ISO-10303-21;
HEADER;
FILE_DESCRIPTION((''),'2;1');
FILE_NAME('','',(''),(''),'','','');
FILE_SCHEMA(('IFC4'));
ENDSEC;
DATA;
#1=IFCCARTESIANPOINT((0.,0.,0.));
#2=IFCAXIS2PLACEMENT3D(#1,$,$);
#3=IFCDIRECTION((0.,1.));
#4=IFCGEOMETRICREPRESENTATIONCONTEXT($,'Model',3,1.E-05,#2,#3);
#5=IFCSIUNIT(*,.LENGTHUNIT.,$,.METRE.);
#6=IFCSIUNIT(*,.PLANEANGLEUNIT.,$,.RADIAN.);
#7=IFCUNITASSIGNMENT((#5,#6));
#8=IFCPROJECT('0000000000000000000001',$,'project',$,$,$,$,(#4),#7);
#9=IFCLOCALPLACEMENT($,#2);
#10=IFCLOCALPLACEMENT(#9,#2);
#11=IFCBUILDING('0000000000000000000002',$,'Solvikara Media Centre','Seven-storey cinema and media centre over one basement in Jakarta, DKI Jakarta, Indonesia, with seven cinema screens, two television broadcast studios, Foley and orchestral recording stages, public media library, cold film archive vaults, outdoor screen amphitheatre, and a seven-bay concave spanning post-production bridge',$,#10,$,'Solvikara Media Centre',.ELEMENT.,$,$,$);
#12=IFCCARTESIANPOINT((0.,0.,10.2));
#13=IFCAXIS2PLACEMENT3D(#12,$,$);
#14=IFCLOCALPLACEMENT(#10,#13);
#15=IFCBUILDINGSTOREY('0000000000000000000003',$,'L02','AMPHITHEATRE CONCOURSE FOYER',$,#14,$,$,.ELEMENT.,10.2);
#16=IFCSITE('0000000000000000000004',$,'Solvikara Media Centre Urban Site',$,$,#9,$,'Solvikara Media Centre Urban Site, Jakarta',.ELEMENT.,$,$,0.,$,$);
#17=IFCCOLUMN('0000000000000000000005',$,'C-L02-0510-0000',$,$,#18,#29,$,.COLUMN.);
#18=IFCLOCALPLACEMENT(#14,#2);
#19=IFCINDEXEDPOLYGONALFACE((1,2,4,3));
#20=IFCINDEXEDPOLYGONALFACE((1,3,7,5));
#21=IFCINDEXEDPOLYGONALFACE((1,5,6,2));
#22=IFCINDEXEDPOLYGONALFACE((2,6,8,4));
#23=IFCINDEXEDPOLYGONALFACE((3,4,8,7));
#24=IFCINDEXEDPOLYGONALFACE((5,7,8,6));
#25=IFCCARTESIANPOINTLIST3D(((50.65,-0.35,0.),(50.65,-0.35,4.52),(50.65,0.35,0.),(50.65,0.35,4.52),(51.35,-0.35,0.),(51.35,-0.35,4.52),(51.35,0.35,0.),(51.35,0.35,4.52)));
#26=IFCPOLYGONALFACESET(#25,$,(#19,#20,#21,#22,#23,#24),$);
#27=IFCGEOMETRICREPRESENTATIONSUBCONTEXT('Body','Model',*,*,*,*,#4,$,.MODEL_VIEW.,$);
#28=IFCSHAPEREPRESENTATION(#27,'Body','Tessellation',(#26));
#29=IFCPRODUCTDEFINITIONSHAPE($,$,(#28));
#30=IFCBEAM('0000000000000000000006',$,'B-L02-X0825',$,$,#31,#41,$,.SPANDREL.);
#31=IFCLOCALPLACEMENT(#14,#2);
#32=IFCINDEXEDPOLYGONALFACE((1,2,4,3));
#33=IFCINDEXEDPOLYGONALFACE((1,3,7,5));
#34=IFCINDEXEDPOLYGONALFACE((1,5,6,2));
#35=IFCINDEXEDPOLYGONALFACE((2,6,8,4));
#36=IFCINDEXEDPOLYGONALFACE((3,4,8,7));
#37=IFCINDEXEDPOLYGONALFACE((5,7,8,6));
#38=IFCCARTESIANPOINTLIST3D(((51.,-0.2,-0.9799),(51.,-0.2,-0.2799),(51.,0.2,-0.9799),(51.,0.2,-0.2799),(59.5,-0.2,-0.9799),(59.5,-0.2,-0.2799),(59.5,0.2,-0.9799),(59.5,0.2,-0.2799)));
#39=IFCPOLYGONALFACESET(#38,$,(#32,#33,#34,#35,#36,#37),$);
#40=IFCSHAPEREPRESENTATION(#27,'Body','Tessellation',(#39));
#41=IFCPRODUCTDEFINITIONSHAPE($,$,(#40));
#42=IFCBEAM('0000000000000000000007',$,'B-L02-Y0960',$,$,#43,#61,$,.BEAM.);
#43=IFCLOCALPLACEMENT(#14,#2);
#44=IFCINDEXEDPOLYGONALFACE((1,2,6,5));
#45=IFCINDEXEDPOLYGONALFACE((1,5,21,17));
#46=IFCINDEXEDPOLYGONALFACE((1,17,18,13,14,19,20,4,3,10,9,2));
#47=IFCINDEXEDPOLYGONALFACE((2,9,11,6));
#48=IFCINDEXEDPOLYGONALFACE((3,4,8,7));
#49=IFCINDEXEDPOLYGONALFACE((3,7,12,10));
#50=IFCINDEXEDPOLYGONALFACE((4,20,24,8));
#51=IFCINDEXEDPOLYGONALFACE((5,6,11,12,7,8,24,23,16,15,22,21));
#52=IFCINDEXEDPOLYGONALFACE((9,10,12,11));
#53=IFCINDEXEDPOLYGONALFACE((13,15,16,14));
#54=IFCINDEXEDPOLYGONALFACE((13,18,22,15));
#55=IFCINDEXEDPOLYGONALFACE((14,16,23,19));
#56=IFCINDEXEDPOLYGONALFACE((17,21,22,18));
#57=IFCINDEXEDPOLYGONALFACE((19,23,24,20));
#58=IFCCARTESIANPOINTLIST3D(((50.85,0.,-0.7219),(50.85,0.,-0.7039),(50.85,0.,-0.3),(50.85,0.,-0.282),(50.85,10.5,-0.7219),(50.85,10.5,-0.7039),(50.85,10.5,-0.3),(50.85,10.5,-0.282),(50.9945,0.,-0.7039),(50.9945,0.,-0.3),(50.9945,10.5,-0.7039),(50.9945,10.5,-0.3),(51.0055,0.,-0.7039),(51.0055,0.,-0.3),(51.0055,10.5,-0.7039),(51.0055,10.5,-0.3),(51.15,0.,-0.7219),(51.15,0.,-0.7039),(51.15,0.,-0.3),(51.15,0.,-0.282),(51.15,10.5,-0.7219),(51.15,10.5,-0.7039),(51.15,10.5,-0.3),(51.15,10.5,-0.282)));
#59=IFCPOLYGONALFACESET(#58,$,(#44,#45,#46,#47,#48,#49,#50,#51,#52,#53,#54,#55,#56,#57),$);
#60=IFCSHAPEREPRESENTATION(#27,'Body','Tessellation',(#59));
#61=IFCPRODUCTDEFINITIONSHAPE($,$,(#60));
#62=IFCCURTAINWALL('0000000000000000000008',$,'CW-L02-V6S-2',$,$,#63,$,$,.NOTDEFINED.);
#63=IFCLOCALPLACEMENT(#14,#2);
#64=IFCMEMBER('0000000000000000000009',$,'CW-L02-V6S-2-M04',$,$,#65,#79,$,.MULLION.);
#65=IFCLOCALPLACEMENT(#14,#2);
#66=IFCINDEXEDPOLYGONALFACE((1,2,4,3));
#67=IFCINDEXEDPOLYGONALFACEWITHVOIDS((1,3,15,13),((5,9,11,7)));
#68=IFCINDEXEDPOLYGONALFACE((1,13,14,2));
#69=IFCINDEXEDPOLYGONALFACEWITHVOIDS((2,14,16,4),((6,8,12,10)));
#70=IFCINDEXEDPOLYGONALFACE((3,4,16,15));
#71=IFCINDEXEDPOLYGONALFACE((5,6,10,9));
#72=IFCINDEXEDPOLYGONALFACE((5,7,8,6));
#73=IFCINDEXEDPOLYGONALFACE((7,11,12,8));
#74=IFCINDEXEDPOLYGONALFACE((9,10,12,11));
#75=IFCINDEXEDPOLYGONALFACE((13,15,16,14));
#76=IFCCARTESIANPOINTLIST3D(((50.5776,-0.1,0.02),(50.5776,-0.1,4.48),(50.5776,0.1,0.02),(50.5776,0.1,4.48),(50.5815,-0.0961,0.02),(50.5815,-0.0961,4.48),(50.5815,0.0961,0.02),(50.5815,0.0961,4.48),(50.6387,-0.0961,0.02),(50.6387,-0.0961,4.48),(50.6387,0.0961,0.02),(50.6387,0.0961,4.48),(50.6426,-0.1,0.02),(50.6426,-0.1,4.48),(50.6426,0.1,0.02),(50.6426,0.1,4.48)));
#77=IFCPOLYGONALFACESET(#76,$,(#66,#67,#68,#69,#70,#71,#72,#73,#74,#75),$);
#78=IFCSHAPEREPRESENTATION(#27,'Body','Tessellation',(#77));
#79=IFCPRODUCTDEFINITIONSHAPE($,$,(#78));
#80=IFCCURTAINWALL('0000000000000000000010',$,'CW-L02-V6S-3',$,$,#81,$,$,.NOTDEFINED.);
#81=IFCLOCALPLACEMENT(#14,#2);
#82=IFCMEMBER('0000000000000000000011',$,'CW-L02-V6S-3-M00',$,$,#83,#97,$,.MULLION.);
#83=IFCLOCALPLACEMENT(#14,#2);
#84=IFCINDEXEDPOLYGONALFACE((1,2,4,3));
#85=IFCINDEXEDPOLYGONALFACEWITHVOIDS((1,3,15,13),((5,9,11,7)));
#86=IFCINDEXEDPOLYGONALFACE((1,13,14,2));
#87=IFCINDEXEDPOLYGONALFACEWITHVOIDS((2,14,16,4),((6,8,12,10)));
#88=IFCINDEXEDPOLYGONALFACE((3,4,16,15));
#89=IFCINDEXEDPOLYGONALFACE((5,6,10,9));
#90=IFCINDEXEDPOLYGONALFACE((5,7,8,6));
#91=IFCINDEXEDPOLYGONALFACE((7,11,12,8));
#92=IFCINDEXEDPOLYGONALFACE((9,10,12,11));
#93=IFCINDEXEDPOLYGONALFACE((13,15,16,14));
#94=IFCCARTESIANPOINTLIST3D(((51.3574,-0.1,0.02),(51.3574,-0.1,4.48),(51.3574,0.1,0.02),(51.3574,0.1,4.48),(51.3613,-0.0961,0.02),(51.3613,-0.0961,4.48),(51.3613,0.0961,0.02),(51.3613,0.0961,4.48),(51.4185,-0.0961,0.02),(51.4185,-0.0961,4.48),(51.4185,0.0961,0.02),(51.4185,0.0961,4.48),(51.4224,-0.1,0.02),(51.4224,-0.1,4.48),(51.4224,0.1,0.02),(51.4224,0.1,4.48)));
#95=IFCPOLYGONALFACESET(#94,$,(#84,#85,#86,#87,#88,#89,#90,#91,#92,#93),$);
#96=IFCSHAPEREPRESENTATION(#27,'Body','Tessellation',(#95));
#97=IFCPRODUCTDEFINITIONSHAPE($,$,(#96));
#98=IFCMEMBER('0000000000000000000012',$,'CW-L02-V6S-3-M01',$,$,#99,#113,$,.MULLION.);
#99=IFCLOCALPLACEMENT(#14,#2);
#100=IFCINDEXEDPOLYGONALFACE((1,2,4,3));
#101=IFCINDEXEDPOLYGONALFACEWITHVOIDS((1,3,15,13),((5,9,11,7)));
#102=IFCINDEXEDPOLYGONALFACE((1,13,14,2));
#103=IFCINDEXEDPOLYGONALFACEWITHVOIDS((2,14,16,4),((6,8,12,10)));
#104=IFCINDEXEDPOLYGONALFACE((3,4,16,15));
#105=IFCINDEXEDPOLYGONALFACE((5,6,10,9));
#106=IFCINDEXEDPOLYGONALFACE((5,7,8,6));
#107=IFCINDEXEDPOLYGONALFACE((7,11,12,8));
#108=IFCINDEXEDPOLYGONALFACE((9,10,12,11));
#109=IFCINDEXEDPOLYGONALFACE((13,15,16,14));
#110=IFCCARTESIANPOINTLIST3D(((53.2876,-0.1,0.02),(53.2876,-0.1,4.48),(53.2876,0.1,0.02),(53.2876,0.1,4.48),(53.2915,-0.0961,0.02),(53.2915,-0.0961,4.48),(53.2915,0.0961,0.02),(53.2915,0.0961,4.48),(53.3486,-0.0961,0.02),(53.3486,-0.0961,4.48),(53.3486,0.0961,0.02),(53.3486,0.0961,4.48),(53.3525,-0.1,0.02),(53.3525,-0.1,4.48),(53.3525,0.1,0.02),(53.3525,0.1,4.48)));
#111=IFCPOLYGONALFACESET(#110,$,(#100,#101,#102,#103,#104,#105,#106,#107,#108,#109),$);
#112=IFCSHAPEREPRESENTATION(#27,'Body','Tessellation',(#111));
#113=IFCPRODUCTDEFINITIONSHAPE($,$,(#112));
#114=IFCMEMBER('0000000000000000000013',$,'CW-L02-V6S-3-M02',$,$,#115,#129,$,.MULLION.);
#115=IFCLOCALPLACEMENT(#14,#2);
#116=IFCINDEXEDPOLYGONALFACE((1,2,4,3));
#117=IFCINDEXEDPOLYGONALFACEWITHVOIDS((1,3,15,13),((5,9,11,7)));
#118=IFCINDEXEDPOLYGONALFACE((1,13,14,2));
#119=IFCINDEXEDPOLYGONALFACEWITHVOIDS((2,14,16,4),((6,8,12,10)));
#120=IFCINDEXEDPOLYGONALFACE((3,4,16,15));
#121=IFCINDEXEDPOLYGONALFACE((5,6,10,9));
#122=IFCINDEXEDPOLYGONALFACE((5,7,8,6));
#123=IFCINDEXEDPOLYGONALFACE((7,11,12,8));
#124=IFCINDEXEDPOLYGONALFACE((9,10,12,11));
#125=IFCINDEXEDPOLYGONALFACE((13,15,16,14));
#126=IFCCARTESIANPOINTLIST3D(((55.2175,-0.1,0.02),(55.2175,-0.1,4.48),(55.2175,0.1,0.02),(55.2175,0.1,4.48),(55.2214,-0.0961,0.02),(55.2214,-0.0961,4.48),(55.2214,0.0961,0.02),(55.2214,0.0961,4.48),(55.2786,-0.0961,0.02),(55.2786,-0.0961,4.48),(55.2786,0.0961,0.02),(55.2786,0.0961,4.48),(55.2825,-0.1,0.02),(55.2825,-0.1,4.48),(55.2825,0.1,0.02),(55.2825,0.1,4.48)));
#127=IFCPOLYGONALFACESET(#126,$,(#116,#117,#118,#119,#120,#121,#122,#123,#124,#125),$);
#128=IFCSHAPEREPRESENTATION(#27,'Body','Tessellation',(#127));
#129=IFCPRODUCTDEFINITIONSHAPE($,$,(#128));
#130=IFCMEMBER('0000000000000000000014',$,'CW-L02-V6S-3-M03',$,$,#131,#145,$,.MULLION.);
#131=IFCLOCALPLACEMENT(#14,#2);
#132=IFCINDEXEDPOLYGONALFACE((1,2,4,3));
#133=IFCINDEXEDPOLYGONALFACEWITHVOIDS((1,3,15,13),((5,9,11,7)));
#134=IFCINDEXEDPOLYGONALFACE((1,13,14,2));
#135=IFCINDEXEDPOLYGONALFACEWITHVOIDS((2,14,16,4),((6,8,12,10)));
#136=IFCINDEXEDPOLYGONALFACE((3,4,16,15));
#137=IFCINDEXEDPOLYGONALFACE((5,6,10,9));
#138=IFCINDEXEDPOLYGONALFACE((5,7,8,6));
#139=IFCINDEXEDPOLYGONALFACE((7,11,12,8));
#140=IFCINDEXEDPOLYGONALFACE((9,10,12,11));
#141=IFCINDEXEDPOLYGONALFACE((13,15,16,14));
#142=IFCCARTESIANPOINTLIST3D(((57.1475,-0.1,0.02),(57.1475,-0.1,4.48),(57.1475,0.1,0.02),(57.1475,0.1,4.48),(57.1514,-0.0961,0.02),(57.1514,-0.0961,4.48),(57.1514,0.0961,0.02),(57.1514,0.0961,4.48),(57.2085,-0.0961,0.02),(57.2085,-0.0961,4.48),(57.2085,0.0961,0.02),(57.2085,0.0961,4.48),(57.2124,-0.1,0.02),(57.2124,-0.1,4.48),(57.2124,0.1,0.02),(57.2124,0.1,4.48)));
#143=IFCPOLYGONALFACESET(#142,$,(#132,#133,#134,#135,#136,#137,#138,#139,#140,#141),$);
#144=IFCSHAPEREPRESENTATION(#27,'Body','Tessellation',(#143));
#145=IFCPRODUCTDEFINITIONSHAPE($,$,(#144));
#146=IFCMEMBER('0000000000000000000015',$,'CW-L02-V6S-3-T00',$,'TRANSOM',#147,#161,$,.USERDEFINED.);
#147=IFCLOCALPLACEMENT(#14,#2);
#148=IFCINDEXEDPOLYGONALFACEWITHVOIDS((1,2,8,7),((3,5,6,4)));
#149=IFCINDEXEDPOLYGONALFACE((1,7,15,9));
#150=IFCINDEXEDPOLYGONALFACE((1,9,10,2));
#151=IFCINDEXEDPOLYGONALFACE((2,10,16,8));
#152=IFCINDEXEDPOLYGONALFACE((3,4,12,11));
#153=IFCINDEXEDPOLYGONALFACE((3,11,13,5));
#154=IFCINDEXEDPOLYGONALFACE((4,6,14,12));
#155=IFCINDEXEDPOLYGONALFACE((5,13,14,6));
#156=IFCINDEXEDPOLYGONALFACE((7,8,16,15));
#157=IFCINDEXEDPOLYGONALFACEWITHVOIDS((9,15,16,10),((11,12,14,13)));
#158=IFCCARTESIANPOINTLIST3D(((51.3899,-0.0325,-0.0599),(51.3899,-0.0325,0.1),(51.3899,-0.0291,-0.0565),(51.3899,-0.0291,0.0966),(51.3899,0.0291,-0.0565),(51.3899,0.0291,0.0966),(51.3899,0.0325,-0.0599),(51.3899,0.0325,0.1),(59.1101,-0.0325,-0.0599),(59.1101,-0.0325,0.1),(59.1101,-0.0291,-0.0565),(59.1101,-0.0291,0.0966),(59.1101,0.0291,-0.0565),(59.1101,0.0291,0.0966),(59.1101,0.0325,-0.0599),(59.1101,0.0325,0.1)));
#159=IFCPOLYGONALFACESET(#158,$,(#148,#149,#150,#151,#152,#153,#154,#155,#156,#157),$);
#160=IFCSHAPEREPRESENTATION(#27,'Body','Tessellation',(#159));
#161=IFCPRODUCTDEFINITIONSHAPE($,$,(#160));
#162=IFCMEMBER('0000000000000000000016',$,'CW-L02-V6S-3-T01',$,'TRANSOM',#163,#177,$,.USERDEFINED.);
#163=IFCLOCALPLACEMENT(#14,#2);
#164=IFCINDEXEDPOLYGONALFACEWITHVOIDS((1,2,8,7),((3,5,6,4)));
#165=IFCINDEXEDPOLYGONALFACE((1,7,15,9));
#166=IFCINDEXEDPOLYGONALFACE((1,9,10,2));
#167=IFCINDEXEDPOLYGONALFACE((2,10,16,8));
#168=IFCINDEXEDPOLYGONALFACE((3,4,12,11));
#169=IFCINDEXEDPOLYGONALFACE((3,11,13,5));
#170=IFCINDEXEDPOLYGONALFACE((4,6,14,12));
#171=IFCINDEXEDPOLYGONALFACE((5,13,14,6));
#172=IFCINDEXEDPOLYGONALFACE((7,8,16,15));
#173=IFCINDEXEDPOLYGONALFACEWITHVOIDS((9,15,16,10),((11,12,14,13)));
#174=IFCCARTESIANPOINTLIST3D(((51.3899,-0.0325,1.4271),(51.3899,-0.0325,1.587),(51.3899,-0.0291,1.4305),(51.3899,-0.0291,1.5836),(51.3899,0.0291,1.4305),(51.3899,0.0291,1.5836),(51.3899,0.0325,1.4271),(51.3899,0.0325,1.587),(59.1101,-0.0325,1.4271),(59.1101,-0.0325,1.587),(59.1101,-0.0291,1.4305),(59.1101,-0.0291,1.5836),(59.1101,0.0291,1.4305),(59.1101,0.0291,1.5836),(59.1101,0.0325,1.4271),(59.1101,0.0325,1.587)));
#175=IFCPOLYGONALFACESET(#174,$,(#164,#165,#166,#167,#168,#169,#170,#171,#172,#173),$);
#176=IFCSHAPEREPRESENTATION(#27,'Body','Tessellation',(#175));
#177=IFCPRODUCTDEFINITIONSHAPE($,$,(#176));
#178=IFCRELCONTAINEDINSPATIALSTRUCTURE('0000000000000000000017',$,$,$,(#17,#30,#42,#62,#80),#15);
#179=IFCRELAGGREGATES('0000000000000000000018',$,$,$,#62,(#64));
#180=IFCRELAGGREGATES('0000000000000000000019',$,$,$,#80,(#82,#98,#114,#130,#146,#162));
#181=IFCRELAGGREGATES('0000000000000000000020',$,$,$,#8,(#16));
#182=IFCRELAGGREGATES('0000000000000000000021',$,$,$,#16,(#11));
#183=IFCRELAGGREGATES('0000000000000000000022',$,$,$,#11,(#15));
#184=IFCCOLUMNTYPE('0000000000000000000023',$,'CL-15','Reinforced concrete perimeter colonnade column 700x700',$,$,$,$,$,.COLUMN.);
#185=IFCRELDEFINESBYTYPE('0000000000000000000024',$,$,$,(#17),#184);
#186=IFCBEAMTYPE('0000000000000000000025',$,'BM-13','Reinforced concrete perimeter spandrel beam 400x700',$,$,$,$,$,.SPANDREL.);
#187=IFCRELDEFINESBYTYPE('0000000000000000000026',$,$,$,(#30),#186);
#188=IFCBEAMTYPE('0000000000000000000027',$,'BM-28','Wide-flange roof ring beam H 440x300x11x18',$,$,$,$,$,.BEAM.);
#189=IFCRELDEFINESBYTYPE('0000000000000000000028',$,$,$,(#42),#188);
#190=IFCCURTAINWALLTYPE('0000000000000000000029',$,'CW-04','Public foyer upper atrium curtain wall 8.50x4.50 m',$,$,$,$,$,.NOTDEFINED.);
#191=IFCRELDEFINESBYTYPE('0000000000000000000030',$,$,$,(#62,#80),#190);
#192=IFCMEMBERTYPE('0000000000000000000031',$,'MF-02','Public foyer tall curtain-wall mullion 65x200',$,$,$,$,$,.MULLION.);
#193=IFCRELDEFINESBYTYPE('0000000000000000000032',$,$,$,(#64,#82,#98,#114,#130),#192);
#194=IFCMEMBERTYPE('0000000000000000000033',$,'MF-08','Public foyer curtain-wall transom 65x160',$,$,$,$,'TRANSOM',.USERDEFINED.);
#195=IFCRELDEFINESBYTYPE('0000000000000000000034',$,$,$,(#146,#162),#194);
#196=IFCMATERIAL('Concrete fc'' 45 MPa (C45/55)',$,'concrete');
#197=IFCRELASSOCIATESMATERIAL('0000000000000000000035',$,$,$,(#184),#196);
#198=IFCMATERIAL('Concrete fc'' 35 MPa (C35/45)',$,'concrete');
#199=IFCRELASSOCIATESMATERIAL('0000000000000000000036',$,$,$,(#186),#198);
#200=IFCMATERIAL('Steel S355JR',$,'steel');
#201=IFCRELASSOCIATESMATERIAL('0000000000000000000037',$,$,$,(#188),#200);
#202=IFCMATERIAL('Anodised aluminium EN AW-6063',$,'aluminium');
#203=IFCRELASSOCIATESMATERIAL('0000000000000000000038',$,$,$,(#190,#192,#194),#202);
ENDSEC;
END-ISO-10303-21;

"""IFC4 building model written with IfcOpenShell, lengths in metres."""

from ifc_helpers import new_model, si_unit, direction, frame, origin, origin_2d, place, context, subcontext, project, spatial, rectangle, hollow_rectangle, i_section, extrude, material, material_profile, profile_set, type_object, element, aggregate, save


model = new_model("IFC4")

# Units and contexts
model_context = context("Model", 3, precision=1e-05, world=origin(), true_north=direction((0.0, 1.0)))
body_context = subcontext(model_context, "Body", "Model", "MODEL_VIEW")
ifc_project = project(units=[si_unit("LENGTHUNIT", "METRE"), si_unit("PLANEANGLEUNIT", "RADIAN")], contexts=[model_context])

# Site, building, storey
site_placement = place(None, origin())
site = spatial("IfcSite", under=ifc_project, at=site_placement, Name="Solvikara Media Centre Urban Site", LongName="Solvikara Media Centre Urban Site, Jakarta", CompositionType="ELEMENT", RefElevation=0.0)
building_placement = place(site_placement, origin())
building = spatial("IfcBuilding", under=site, at=building_placement, Name="Solvikara Media Centre", Description="Seven-storey cinema and media centre over one basement in Jakarta, DKI Jakarta, Indonesia, with seven cinema screens, two television broadcast studios, Foley and orchestral recording stages, public media library, cold film archive vaults, outdoor screen amphitheatre, and a seven-bay concave spanning post-production bridge", LongName="Solvikara Media Centre", CompositionType="ELEMENT")
storey_placement = place(building_placement, frame((0.0, 0.0, 10.2)))
storey = spatial("IfcBuildingStorey", under=building, at=storey_placement, Name="L02", Description="AMPHITHEATRE CONCOURSE FOYER", CompositionType="ELEMENT", Elevation=10.2)

# Column
ifc_material_1 = material(Name="Concrete fc' 45 MPa (C45/55)", Category="concrete")
ifc_material_profile_1 = material_profile(ifc_material_1, rectangle(XDim=0.7, YDim=0.7, at=origin_2d()), Name="RC 700x700")
ifc_profile_set_1 = profile_set([ifc_material_profile_1], Name="Concrete fc' 45 MPa (C45/55)")
column_type = type_object("IfcColumnType", Name="CL-15", Description="Reinforced concrete perimeter colonnade column 700x700", PredefinedType="COLUMN", material=ifc_profile_set_1)
column_placement = place(storey_placement, frame((51.0, 0.0, 0.0), z_axis=(0.0, 0.0, 1.0), x_axis=(1.0, 0.0, 0.0)))
element("IfcColumn", 1, at=column_placement, inside=storey, type_object=column_type, Name="C-L02-0510-0000", PredefinedType="COLUMN", context=body_context, shape_type="SweptSolid", body=[
    extrude(rectangle(XDim=0.7, YDim=0.7, at=origin_2d()), origin(), (0.0, 0.0, 1.0), 4.52),
])

# Beams
ifc_material_2 = material(Name="Concrete fc' 35 MPa (C35/45)", Category="concrete")
ifc_material_profile_2 = material_profile(ifc_material_2, rectangle(XDim=0.3999, YDim=0.7, at=origin_2d()), Name="RC 400x700")
ifc_profile_set_2 = profile_set([ifc_material_profile_2], Name="Concrete fc' 35 MPa (C35/45)")
beam_type_1 = type_object("IfcBeamType", Name="BM-13", Description="Reinforced concrete perimeter spandrel beam 400x700", PredefinedType="SPANDREL", material=ifc_profile_set_2)
beam_1_placement = place(storey_placement, frame((51.0, 0.0, -0.6299), z_axis=(1.0, 0.0, 0.0), x_axis=(0.0, 1.0, 0.0)))
element("IfcBeam", 2, at=beam_1_placement, inside=storey, type_object=beam_type_1, Name="B-L02-X0825", PredefinedType="SPANDREL", context=body_context, shape_type="SweptSolid", body=[
    extrude(rectangle(XDim=0.3999, YDim=0.7, at=origin_2d()), origin(), (0.0, 0.0, 1.0), 8.5),
])
ifc_material_3 = material(Name="Steel S355JR", Category="steel")
ifc_material_profile_3 = material_profile(ifc_material_3, i_section(OverallWidth=0.3, OverallDepth=0.4399, WebThickness=0.011, FlangeThickness=0.0181, at=origin_2d()), Name="H 440x300x11x18")
ifc_profile_set_3 = profile_set([ifc_material_profile_3], Name="Steel S355JR")
beam_type_2 = type_object("IfcBeamType", Name="BM-28", Description="Wide-flange roof ring beam H 440x300x11x18", PredefinedType="BEAM", material=ifc_profile_set_3)
beam_2_placement = place(storey_placement, frame((51.0, 0.0, -0.502), z_axis=(0.0, 1.0, 0.0), x_axis=(-1.0, 0.0, 0.0)))
element("IfcBeam", 3, at=beam_2_placement, inside=storey, type_object=beam_type_2, Name="B-L02-Y0960", PredefinedType="BEAM", context=body_context, shape_type="SweptSolid", body=[
    extrude(i_section(OverallWidth=0.3, OverallDepth=0.4399, WebThickness=0.011, FlangeThickness=0.0181, at=origin_2d()), origin(), (0.0, 0.0, 1.0), 10.5),
])

# Curtain wall, member
ifc_material_4 = material(Name="Anodised aluminium EN AW-6063", Category="aluminium")
curtain_wall_type = type_object("IfcCurtainWallType", Name="CW-04", Description="Public foyer upper atrium curtain wall 8.50x4.50 m", PredefinedType="NOTDEFINED", material=ifc_material_4)
curtain_wall_1_placement = place(storey_placement, origin())
curtain_wall_1 = element("IfcCurtainWall", 4, at=curtain_wall_1_placement, inside=storey, type_object=curtain_wall_type, Name="CW-L02-V6S-2", PredefinedType="NOTDEFINED")
ifc_material_profile_4 = material_profile(ifc_material_4, hollow_rectangle(XDim=0.0649, YDim=0.2, WallThickness=0.0039, at=origin_2d()), Name="ALU-M 65x200x4")
ifc_profile_set_4 = profile_set([ifc_material_profile_4], Name="Anodised aluminium EN AW-6063")
member_type_1 = type_object("IfcMemberType", Name="MF-02", Description="Public foyer tall curtain-wall mullion 65x200", PredefinedType="MULLION", material=ifc_profile_set_4)
member_1_placement = place(storey_placement, frame((50.6101, 0.0, 0.02), z_axis=(0.0, 0.0, 1.0), x_axis=(1.0, 0.0, 0.0)))
member_1 = element("IfcMember", 5, at=member_1_placement, type_object=member_type_1, Name="CW-L02-V6S-2-M04", PredefinedType="MULLION", context=body_context, shape_type="SweptSolid", body=[
    extrude(hollow_rectangle(XDim=0.0649, YDim=0.2, WallThickness=0.0039, at=origin_2d()), origin(), (0.0, 0.0, 1.0), 4.46),
])

# Curtain wall, members
curtain_wall_2_placement = place(storey_placement, origin())
curtain_wall_2 = element("IfcCurtainWall", 6, at=curtain_wall_2_placement, inside=storey, type_object=curtain_wall_type, Name="CW-L02-V6S-3", PredefinedType="NOTDEFINED")
member_2_placement = place(storey_placement, frame((51.3899, 0.0, 0.02), z_axis=(0.0, 0.0, 1.0), x_axis=(1.0, 0.0, 0.0)))
member_2 = element("IfcMember", 7, at=member_2_placement, type_object=member_type_1, Name="CW-L02-V6S-3-M00", PredefinedType="MULLION", context=body_context, shape_type="SweptSolid", body=[
    extrude(hollow_rectangle(XDim=0.0649, YDim=0.2, WallThickness=0.0039, at=origin_2d()), origin(), (0.0, 0.0, 1.0), 4.46),
])
member_3_placement = place(storey_placement, frame((53.3201, 0.0, 0.02), z_axis=(0.0, 0.0, 1.0), x_axis=(1.0, 0.0, 0.0)))
member_3 = element("IfcMember", 8, at=member_3_placement, type_object=member_type_1, Name="CW-L02-V6S-3-M01", PredefinedType="MULLION", context=body_context, shape_type="SweptSolid", body=[
    extrude(hollow_rectangle(XDim=0.0649, YDim=0.2, WallThickness=0.0039, at=origin_2d()), origin(), (0.0, 0.0, 1.0), 4.46),
])
member_4_placement = place(storey_placement, frame((55.25, 0.0, 0.02), z_axis=(0.0, 0.0, 1.0), x_axis=(1.0, 0.0, 0.0)))
member_4 = element("IfcMember", 9, at=member_4_placement, type_object=member_type_1, Name="CW-L02-V6S-3-M02", PredefinedType="MULLION", context=body_context, shape_type="SweptSolid", body=[
    extrude(hollow_rectangle(XDim=0.0649, YDim=0.2, WallThickness=0.0039, at=origin_2d()), origin(), (0.0, 0.0, 1.0), 4.46),
])
member_5_placement = place(storey_placement, frame((57.1799, 0.0, 0.02), z_axis=(0.0, 0.0, 1.0), x_axis=(1.0, 0.0, 0.0)))
member_5 = element("IfcMember", 10, at=member_5_placement, type_object=member_type_1, Name="CW-L02-V6S-3-M03", PredefinedType="MULLION", context=body_context, shape_type="SweptSolid", body=[
    extrude(hollow_rectangle(XDim=0.0649, YDim=0.2, WallThickness=0.0039, at=origin_2d()), origin(), (0.0, 0.0, 1.0), 4.46),
])
ifc_material_profile_5 = material_profile(ifc_material_4, hollow_rectangle(XDim=0.0649, YDim=0.1599, WallThickness=0.0034, at=origin_2d()), Name="ALU-T 65x160x3.5")
ifc_profile_set_5 = profile_set([ifc_material_profile_5], Name="Anodised aluminium EN AW-6063")
member_type_2 = type_object("IfcMemberType", Name="MF-08", Description="Public foyer curtain-wall transom 65x160", ElementType="TRANSOM", PredefinedType="USERDEFINED", material=ifc_profile_set_5)
member_6_placement = place(storey_placement, frame((51.3899, 0.0, 0.02), z_axis=(1.0, 0.0, 0.0), x_axis=(0.0, 1.0, 0.0)))
member_6 = element("IfcMember", 11, at=member_6_placement, type_object=member_type_2, Name="CW-L02-V6S-3-T00", ObjectType="TRANSOM", PredefinedType="USERDEFINED", context=body_context, shape_type="SweptSolid", body=[
    extrude(hollow_rectangle(XDim=0.0649, YDim=0.1599, WallThickness=0.0034, at=origin_2d()), origin(), (0.0, 0.0, 1.0), 7.7202),
])
member_7_placement = place(storey_placement, frame((51.3899, 0.0, 1.5071), z_axis=(1.0, 0.0, 0.0), x_axis=(0.0, 1.0, 0.0)))
member_7 = element("IfcMember", 12, at=member_7_placement, type_object=member_type_2, Name="CW-L02-V6S-3-T01", ObjectType="TRANSOM", PredefinedType="USERDEFINED", context=body_context, shape_type="SweptSolid", body=[
    extrude(hollow_rectangle(XDim=0.0649, YDim=0.1599, WallThickness=0.0034, at=origin_2d()), origin(), (0.0, 0.0, 1.0), 7.7202),
])

aggregate(curtain_wall_1, [member_1])
aggregate(curtain_wall_2, [member_2, member_3, member_4, member_5, member_6, member_7])

save(model, "model.ifc")
